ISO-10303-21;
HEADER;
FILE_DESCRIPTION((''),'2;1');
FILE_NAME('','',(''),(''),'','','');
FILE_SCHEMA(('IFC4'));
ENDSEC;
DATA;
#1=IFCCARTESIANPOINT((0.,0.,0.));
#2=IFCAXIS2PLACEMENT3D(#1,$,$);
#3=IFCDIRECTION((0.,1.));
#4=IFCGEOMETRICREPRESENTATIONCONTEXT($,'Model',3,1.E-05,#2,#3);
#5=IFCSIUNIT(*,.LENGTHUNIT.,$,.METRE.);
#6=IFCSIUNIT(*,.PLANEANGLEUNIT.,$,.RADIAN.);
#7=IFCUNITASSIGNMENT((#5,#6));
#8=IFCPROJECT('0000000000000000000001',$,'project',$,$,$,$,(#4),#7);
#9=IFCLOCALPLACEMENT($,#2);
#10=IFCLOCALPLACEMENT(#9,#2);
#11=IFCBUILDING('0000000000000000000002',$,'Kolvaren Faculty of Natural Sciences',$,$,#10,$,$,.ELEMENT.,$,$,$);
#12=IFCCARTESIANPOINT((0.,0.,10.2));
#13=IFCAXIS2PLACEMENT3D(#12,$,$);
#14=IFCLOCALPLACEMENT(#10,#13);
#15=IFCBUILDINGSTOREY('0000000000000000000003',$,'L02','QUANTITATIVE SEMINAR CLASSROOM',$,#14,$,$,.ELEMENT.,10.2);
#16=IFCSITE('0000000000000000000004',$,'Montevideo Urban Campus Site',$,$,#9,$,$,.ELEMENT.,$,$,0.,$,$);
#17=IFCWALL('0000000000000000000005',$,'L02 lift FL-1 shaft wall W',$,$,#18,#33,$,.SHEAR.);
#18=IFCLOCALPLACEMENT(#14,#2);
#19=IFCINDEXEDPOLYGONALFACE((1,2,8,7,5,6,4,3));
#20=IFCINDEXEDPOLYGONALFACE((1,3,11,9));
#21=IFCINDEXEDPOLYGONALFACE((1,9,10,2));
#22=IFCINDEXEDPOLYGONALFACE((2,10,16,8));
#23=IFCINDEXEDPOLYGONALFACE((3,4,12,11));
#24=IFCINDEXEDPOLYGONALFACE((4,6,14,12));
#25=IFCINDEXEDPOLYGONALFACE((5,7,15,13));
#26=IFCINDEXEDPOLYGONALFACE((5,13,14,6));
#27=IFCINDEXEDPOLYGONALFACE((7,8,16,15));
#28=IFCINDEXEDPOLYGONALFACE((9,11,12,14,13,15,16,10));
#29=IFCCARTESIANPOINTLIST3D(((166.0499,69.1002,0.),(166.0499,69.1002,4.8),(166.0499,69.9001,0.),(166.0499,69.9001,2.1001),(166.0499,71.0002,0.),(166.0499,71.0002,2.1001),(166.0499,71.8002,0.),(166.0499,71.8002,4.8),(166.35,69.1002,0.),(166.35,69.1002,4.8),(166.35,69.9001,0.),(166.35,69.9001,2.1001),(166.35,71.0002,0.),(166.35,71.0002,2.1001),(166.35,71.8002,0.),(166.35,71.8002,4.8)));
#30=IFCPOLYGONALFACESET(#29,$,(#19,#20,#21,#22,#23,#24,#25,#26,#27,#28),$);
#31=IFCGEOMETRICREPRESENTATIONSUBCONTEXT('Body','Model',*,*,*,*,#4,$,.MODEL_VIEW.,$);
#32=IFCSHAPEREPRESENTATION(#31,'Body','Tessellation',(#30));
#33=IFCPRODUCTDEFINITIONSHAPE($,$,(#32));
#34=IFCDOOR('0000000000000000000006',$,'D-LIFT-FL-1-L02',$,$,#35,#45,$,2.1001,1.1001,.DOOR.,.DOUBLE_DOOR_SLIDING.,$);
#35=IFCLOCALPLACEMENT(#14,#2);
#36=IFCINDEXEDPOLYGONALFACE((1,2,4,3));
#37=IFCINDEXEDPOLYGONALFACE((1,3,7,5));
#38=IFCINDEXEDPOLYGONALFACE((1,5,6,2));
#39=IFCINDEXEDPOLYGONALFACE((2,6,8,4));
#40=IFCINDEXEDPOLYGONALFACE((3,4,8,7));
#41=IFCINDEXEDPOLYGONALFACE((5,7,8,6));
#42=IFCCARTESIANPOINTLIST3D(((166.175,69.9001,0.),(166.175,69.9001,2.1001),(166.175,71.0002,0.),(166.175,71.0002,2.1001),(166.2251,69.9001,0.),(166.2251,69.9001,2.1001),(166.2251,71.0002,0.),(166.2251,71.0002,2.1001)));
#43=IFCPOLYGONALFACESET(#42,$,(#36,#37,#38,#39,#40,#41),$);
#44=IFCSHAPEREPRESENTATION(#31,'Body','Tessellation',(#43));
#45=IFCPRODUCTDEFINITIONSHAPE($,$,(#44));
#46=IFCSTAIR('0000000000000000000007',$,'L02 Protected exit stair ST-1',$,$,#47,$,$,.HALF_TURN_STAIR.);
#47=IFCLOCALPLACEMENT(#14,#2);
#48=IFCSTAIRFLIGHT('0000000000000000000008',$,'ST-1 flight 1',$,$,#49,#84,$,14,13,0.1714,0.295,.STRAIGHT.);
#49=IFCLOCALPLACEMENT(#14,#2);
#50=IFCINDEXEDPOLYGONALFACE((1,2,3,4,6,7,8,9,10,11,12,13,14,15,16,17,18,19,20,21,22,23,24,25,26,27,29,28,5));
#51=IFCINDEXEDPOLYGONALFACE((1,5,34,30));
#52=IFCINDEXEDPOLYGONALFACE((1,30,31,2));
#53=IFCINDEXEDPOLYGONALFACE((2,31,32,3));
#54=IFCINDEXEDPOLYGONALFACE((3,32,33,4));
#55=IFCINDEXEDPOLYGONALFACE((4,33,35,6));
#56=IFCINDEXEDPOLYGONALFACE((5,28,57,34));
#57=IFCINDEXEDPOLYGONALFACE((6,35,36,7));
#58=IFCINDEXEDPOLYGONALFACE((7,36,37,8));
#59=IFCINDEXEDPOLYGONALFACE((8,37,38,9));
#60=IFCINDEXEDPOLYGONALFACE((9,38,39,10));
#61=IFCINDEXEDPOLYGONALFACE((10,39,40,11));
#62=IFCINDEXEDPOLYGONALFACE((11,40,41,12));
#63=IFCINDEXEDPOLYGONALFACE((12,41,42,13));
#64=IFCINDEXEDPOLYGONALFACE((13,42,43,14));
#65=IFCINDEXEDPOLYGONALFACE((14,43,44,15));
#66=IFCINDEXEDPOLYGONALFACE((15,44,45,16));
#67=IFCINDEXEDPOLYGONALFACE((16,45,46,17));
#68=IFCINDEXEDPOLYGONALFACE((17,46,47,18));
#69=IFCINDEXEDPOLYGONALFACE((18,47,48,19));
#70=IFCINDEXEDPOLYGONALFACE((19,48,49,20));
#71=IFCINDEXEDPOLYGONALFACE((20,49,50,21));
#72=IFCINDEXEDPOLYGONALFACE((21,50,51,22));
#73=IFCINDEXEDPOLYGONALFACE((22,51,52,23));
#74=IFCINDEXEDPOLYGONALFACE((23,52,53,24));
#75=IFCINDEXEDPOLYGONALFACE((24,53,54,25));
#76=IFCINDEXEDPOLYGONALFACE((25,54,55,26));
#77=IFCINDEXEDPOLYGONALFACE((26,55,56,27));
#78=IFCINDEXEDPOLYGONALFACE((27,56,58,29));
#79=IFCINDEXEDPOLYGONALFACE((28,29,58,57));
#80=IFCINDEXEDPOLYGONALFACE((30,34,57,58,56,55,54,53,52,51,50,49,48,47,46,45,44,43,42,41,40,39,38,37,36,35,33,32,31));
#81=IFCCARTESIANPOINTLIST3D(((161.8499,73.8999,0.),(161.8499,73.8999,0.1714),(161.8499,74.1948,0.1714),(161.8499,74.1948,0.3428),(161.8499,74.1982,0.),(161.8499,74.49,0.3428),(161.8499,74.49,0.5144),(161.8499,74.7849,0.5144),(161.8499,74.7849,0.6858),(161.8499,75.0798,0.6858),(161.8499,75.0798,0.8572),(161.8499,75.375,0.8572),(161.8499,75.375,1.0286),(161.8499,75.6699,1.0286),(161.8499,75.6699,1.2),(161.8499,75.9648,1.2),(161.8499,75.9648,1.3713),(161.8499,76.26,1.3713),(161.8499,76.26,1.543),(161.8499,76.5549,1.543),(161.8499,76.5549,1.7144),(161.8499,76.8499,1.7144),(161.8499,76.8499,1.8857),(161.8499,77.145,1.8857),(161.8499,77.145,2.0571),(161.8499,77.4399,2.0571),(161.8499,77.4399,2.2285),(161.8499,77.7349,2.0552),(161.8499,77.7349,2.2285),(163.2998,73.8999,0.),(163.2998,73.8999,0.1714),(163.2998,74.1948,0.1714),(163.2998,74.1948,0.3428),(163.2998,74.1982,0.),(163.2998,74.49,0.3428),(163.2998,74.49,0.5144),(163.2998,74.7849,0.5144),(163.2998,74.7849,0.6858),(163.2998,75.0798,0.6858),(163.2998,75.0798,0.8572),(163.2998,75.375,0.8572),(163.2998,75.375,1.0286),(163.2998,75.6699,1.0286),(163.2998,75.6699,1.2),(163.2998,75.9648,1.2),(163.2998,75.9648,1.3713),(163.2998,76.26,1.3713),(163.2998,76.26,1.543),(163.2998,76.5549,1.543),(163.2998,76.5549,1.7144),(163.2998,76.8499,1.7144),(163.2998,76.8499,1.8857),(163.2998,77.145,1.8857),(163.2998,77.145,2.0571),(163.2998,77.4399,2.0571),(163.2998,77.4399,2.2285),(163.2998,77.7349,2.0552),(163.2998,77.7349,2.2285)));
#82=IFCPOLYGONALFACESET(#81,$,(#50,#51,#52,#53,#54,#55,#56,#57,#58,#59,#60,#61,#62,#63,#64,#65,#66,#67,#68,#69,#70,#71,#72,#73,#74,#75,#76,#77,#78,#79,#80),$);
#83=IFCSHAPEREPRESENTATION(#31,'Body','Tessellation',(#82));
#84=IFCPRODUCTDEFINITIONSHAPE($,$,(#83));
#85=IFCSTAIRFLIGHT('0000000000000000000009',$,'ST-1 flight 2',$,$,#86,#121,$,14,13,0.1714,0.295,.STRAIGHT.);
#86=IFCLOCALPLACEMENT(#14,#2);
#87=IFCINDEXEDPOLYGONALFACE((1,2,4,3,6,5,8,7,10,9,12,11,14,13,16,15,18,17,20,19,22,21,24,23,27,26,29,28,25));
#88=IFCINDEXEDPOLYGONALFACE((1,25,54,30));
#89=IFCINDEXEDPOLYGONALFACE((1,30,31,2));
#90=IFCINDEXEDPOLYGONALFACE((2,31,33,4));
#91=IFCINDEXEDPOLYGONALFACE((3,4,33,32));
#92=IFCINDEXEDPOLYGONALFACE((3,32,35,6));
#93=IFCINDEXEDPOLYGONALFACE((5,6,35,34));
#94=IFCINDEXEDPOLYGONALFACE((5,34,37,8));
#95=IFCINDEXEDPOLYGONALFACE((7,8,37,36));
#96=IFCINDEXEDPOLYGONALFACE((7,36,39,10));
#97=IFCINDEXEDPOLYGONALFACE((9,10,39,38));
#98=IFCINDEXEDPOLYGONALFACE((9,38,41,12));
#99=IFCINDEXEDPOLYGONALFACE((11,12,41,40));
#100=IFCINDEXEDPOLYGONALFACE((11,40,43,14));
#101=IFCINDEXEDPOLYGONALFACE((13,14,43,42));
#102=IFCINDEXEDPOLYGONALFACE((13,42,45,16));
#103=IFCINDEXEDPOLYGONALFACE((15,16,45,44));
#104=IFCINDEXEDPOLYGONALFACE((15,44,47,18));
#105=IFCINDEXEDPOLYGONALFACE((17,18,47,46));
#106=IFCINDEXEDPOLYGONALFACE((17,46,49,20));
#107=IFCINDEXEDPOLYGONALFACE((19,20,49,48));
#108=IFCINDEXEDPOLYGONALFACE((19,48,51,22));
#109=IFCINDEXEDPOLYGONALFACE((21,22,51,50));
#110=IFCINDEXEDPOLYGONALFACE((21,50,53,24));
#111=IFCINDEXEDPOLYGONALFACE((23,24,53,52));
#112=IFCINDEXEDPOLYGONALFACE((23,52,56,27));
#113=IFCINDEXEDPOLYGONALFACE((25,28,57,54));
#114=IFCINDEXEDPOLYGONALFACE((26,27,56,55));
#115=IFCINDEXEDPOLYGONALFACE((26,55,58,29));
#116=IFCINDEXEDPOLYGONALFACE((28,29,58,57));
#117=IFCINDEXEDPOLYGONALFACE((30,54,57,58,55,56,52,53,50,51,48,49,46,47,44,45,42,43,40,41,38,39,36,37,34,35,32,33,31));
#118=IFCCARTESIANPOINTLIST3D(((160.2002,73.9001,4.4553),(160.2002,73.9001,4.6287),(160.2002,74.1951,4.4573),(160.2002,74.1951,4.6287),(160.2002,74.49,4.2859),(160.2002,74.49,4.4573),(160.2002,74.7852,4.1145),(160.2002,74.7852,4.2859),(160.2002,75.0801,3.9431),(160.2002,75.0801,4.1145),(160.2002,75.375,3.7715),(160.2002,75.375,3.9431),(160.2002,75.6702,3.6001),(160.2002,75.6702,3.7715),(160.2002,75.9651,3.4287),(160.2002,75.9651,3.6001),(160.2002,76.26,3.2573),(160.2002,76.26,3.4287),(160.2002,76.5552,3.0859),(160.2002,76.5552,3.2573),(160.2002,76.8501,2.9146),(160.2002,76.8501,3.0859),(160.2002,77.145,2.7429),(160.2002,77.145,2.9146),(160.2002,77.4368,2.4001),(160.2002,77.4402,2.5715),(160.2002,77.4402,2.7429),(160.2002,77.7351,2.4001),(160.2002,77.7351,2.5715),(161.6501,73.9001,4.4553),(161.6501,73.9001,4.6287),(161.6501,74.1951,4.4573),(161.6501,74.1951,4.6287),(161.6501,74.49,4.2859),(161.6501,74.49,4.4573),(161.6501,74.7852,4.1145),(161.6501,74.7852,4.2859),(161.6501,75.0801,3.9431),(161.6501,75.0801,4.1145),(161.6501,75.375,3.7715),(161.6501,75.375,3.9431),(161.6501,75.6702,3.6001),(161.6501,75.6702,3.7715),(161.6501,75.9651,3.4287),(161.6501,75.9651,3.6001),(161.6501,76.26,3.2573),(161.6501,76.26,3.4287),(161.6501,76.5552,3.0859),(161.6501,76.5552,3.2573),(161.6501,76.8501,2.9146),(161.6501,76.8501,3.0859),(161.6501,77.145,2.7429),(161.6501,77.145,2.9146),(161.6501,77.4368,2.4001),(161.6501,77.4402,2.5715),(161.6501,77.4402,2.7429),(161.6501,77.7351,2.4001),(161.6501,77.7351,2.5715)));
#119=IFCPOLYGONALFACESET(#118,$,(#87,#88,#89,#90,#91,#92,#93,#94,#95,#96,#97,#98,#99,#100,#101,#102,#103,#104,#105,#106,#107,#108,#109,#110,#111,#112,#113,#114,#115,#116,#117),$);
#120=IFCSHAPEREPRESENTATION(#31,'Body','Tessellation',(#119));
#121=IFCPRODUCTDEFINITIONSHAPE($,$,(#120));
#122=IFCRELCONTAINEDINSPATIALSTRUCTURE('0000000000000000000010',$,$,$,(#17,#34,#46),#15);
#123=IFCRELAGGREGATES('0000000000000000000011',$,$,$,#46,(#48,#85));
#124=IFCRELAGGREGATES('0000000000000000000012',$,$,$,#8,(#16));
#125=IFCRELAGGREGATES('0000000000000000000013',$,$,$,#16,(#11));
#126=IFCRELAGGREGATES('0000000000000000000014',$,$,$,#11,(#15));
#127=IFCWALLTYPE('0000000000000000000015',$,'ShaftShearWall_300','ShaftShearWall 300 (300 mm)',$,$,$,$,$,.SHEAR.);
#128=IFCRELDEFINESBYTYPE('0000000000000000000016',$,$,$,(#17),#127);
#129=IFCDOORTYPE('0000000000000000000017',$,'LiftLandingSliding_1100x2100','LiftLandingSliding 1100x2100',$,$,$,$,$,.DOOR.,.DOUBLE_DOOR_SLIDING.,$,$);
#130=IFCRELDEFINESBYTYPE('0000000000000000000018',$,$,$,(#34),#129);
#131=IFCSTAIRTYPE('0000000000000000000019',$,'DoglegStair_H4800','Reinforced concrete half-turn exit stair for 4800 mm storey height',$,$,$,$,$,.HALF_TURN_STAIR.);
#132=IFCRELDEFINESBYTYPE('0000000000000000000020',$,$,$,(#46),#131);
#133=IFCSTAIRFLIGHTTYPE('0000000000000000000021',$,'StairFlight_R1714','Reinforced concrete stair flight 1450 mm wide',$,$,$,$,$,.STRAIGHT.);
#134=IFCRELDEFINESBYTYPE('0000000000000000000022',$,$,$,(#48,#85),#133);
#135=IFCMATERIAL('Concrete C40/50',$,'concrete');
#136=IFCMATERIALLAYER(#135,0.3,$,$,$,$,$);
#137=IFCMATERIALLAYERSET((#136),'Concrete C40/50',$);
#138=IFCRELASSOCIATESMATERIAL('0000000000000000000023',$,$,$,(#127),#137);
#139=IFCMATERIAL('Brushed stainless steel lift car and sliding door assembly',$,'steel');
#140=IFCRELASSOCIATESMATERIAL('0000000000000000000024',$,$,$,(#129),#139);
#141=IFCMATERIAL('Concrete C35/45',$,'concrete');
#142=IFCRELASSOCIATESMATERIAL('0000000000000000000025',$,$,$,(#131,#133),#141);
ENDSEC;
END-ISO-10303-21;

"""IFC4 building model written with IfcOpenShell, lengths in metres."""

from ifc_helpers import new_model, si_unit, direction, frame, frame_2d, origin, place, context, subcontext, project, spatial, polyline, rectangle, outline, extrude, material, layer, layer_set, type_object, element, fill, aggregate, save


model = new_model("IFC4")

# Units and contexts
model_context = context("Model", 3, precision=1e-05, world=origin(), true_north=direction((0.0, 1.0)))
body_context = subcontext(model_context, "Body", "Model", "MODEL_VIEW")
ifc_project = project(units=[si_unit("LENGTHUNIT", "METRE"), si_unit("PLANEANGLEUNIT", "RADIAN")], contexts=[model_context])

# Site, building, storey
site_placement = place(None, origin())
site = spatial("IfcSite", under=ifc_project, at=site_placement, Name="Montevideo Urban Campus Site", CompositionType="ELEMENT", RefElevation=0.0)
building_placement = place(site_placement, origin())
building = spatial("IfcBuilding", under=site, at=building_placement, Name="Kolvaren Faculty of Natural Sciences", CompositionType="ELEMENT")
storey_placement = place(building_placement, frame((0.0, 0.0, 10.2)))
storey = spatial("IfcBuildingStorey", under=building, at=storey_placement, Name="L02", Description="QUANTITATIVE SEMINAR CLASSROOM", CompositionType="ELEMENT", Elevation=10.2)

# Shared definitions
ifc_material_1 = material(Name="Concrete C40/50", Category="concrete")

# Shared definitions
ifc_material_2 = material(Name="Concrete C35/45", Category="concrete")

# Shared definitions
ifc_layer_1 = layer(ifc_material_1, 0.3)
ifc_layer_set_1 = layer_set([ifc_layer_1], Name="Concrete C40/50")
wall_type_1 = type_object("IfcWallType", Name="ShaftShearWall_300", Description="ShaftShearWall 300 (300 mm)", PredefinedType="SHEAR", material=ifc_layer_set_1)

# Wall, opening, door
wall_1_placement = place(storey_placement, frame((166.2, 69.1001, 0.0), z_axis=(0.0, 0.0, 1.0), x_axis=(0.0, 1.0, 0.0)))
wall_1 = element("IfcWall", 1, at=wall_1_placement, inside=storey, type_object=wall_type_1, Name="L02 lift FL-1 shaft wall W", PredefinedType="SHEAR", context=body_context, shape_type="SweptSolid", body=[
    extrude(rectangle(XDim=2.7, YDim=0.3, at=frame_2d((1.3501, 0.0))), origin(), (0.0, 0.0, 1.0), 4.8),
])
opening_placement = place(wall_1_placement, frame((0.8, 0.0, 0.0)))
opening = element("IfcOpeningElement", 2, at=opening_placement, cuts=wall_1, PredefinedType="OPENING", context=body_context, shape_type="SweptSolid", body=[
    extrude(rectangle(XDim=1.1001, YDim=2.1001, at=frame_2d((0.55, 1.05))), frame((0.0, 0.1599, 0.0), z_axis=(0.0, -1.0, 0.0), x_axis=(1.0, 0.0, 0.0)), (0.0, 0.0, 1.0), 0.3201),
])
ifc_material_3 = material(Name="Brushed stainless steel lift car and sliding door assembly", Category="steel")
door_type = type_object("IfcDoorType", Name="LiftLandingSliding_1100x2100", Description="LiftLandingSliding 1100x2100", OperationType="DOUBLE_DOOR_SLIDING", PredefinedType="DOOR", material=ifc_material_3)
door_placement = place(opening_placement, origin())
door = element("IfcDoor", 3, at=door_placement, inside=storey, type_object=door_type, Name="D-LIFT-FL-1-L02", OperationType="DOUBLE_DOOR_SLIDING", OverallHeight=2.1001, OverallWidth=1.1001, PredefinedType="DOOR", context=body_context, shape_type="SweptSolid", body=[
    extrude(rectangle(XDim=1.1001, YDim=2.1001, at=frame_2d((0.55, 1.05))), frame((0.0, 0.0249, 0.0), z_axis=(0.0, -1.0, 0.0), x_axis=(1.0, 0.0, 0.0)), (0.0, 0.0, 1.0), 0.05),
])
fill(opening, door)

# Stair, stair flights
stair_type = type_object("IfcStairType", Name="DoglegStair_H4800", Description="Reinforced concrete half-turn exit stair for 4800 mm storey height", PredefinedType="HALF_TURN_STAIR", material=ifc_material_2)
stair_placement = place(storey_placement, origin())
stair = element("IfcStair", 4, at=stair_placement, inside=storey, type_object=stair_type, Name="L02 Protected exit stair ST-1", PredefinedType="HALF_TURN_STAIR")
stair_flight_type = type_object("IfcStairFlightType", Name="StairFlight_R1714", Description="Reinforced concrete stair flight 1450 mm wide", PredefinedType="STRAIGHT", material=ifc_material_2)
stair_flight_1_placement = place(storey_placement, frame((162.575, 73.8999, 0.0), z_axis=(0.0, 0.0, 1.0), x_axis=(0.0, 1.0, 0.0)))
stair_flight_1 = element("IfcStairFlight", 5, at=stair_flight_1_placement, type_object=stair_flight_type, Name="ST-1 flight 1", NumberOfRisers=14, NumberOfTreads=13, PredefinedType="STRAIGHT", RiserHeight=0.1714, TreadLength=0.295, context=body_context, shape_type="SweptSolid", body=[
    extrude(outline(polyline([(0.0, 0.0), (0.0, 0.1714), (0.2949, 0.1714), (0.2949, 0.3428), (0.5901, 0.3428), (0.5901, 0.5144), (0.885, 0.5144), (0.885, 0.6858), (1.1799, 0.6858), (1.1799, 0.8572), (1.4751, 0.8572), (1.4751, 1.0286), (1.77, 1.0286), (1.77, 1.2), (2.0649, 1.2), (2.0649, 1.3713), (2.3601, 1.3713), (2.3601, 1.543), (2.655, 1.543), (2.655, 1.7144), (2.95, 1.7144), (2.95, 1.8857), (3.2451, 1.8857), (3.2451, 2.0571), (3.54, 2.0571), (3.54, 2.2285), (3.835, 2.2285), (3.835, 2.3999), (3.835, 2.0552), (0.2983, 0.0), (0.0, 0.0)])), frame((0.0, 0.7251, 0.0), z_axis=(0.0, -1.0, 0.0), x_axis=(1.0, 0.0, 0.0)), (0.0, 0.0, 1.0), 1.45),
])
stair_flight_2_placement = place(storey_placement, frame((160.925, 77.7351, 2.4001), z_axis=(0.0, 0.0, 1.0), x_axis=(0.0, -1.0, 0.0)))
stair_flight_2 = element("IfcStairFlight", 6, at=stair_flight_2_placement, type_object=stair_flight_type, Name="ST-1 flight 2", NumberOfRisers=14, NumberOfTreads=13, PredefinedType="STRAIGHT", RiserHeight=0.1714, TreadLength=0.295, context=body_context, shape_type="SweptSolid", body=[
    extrude(outline(polyline([(0.0, 0.0), (0.0, 0.1714), (0.2949, 0.1714), (0.2949, 0.3428), (0.5901, 0.3428), (0.5901, 0.5144), (0.885, 0.5144), (0.885, 0.6858), (1.1799, 0.6858), (1.1799, 0.8572), (1.4751, 0.8572), (1.4751, 1.0286), (1.77, 1.0286), (1.77, 1.2), (2.0649, 1.2), (2.0649, 1.3713), (2.3601, 1.3713), (2.3601, 1.543), (2.655, 1.543), (2.655, 1.7144), (2.95, 1.7144), (2.95, 1.8857), (3.2451, 1.8857), (3.2451, 2.0571), (3.54, 2.0571), (3.54, 2.2285), (3.835, 2.2285), (3.835, 2.3999), (3.835, 2.0552), (0.2983, 0.0), (0.0, 0.0)])), frame((0.0, 0.7251, 0.0), z_axis=(0.0, -1.0, 0.0), x_axis=(1.0, 0.0, 0.0)), (0.0, 0.0, 1.0), 1.45),
])
aggregate(stair, [stair_flight_1, stair_flight_2])

save(model, "model.ifc")
